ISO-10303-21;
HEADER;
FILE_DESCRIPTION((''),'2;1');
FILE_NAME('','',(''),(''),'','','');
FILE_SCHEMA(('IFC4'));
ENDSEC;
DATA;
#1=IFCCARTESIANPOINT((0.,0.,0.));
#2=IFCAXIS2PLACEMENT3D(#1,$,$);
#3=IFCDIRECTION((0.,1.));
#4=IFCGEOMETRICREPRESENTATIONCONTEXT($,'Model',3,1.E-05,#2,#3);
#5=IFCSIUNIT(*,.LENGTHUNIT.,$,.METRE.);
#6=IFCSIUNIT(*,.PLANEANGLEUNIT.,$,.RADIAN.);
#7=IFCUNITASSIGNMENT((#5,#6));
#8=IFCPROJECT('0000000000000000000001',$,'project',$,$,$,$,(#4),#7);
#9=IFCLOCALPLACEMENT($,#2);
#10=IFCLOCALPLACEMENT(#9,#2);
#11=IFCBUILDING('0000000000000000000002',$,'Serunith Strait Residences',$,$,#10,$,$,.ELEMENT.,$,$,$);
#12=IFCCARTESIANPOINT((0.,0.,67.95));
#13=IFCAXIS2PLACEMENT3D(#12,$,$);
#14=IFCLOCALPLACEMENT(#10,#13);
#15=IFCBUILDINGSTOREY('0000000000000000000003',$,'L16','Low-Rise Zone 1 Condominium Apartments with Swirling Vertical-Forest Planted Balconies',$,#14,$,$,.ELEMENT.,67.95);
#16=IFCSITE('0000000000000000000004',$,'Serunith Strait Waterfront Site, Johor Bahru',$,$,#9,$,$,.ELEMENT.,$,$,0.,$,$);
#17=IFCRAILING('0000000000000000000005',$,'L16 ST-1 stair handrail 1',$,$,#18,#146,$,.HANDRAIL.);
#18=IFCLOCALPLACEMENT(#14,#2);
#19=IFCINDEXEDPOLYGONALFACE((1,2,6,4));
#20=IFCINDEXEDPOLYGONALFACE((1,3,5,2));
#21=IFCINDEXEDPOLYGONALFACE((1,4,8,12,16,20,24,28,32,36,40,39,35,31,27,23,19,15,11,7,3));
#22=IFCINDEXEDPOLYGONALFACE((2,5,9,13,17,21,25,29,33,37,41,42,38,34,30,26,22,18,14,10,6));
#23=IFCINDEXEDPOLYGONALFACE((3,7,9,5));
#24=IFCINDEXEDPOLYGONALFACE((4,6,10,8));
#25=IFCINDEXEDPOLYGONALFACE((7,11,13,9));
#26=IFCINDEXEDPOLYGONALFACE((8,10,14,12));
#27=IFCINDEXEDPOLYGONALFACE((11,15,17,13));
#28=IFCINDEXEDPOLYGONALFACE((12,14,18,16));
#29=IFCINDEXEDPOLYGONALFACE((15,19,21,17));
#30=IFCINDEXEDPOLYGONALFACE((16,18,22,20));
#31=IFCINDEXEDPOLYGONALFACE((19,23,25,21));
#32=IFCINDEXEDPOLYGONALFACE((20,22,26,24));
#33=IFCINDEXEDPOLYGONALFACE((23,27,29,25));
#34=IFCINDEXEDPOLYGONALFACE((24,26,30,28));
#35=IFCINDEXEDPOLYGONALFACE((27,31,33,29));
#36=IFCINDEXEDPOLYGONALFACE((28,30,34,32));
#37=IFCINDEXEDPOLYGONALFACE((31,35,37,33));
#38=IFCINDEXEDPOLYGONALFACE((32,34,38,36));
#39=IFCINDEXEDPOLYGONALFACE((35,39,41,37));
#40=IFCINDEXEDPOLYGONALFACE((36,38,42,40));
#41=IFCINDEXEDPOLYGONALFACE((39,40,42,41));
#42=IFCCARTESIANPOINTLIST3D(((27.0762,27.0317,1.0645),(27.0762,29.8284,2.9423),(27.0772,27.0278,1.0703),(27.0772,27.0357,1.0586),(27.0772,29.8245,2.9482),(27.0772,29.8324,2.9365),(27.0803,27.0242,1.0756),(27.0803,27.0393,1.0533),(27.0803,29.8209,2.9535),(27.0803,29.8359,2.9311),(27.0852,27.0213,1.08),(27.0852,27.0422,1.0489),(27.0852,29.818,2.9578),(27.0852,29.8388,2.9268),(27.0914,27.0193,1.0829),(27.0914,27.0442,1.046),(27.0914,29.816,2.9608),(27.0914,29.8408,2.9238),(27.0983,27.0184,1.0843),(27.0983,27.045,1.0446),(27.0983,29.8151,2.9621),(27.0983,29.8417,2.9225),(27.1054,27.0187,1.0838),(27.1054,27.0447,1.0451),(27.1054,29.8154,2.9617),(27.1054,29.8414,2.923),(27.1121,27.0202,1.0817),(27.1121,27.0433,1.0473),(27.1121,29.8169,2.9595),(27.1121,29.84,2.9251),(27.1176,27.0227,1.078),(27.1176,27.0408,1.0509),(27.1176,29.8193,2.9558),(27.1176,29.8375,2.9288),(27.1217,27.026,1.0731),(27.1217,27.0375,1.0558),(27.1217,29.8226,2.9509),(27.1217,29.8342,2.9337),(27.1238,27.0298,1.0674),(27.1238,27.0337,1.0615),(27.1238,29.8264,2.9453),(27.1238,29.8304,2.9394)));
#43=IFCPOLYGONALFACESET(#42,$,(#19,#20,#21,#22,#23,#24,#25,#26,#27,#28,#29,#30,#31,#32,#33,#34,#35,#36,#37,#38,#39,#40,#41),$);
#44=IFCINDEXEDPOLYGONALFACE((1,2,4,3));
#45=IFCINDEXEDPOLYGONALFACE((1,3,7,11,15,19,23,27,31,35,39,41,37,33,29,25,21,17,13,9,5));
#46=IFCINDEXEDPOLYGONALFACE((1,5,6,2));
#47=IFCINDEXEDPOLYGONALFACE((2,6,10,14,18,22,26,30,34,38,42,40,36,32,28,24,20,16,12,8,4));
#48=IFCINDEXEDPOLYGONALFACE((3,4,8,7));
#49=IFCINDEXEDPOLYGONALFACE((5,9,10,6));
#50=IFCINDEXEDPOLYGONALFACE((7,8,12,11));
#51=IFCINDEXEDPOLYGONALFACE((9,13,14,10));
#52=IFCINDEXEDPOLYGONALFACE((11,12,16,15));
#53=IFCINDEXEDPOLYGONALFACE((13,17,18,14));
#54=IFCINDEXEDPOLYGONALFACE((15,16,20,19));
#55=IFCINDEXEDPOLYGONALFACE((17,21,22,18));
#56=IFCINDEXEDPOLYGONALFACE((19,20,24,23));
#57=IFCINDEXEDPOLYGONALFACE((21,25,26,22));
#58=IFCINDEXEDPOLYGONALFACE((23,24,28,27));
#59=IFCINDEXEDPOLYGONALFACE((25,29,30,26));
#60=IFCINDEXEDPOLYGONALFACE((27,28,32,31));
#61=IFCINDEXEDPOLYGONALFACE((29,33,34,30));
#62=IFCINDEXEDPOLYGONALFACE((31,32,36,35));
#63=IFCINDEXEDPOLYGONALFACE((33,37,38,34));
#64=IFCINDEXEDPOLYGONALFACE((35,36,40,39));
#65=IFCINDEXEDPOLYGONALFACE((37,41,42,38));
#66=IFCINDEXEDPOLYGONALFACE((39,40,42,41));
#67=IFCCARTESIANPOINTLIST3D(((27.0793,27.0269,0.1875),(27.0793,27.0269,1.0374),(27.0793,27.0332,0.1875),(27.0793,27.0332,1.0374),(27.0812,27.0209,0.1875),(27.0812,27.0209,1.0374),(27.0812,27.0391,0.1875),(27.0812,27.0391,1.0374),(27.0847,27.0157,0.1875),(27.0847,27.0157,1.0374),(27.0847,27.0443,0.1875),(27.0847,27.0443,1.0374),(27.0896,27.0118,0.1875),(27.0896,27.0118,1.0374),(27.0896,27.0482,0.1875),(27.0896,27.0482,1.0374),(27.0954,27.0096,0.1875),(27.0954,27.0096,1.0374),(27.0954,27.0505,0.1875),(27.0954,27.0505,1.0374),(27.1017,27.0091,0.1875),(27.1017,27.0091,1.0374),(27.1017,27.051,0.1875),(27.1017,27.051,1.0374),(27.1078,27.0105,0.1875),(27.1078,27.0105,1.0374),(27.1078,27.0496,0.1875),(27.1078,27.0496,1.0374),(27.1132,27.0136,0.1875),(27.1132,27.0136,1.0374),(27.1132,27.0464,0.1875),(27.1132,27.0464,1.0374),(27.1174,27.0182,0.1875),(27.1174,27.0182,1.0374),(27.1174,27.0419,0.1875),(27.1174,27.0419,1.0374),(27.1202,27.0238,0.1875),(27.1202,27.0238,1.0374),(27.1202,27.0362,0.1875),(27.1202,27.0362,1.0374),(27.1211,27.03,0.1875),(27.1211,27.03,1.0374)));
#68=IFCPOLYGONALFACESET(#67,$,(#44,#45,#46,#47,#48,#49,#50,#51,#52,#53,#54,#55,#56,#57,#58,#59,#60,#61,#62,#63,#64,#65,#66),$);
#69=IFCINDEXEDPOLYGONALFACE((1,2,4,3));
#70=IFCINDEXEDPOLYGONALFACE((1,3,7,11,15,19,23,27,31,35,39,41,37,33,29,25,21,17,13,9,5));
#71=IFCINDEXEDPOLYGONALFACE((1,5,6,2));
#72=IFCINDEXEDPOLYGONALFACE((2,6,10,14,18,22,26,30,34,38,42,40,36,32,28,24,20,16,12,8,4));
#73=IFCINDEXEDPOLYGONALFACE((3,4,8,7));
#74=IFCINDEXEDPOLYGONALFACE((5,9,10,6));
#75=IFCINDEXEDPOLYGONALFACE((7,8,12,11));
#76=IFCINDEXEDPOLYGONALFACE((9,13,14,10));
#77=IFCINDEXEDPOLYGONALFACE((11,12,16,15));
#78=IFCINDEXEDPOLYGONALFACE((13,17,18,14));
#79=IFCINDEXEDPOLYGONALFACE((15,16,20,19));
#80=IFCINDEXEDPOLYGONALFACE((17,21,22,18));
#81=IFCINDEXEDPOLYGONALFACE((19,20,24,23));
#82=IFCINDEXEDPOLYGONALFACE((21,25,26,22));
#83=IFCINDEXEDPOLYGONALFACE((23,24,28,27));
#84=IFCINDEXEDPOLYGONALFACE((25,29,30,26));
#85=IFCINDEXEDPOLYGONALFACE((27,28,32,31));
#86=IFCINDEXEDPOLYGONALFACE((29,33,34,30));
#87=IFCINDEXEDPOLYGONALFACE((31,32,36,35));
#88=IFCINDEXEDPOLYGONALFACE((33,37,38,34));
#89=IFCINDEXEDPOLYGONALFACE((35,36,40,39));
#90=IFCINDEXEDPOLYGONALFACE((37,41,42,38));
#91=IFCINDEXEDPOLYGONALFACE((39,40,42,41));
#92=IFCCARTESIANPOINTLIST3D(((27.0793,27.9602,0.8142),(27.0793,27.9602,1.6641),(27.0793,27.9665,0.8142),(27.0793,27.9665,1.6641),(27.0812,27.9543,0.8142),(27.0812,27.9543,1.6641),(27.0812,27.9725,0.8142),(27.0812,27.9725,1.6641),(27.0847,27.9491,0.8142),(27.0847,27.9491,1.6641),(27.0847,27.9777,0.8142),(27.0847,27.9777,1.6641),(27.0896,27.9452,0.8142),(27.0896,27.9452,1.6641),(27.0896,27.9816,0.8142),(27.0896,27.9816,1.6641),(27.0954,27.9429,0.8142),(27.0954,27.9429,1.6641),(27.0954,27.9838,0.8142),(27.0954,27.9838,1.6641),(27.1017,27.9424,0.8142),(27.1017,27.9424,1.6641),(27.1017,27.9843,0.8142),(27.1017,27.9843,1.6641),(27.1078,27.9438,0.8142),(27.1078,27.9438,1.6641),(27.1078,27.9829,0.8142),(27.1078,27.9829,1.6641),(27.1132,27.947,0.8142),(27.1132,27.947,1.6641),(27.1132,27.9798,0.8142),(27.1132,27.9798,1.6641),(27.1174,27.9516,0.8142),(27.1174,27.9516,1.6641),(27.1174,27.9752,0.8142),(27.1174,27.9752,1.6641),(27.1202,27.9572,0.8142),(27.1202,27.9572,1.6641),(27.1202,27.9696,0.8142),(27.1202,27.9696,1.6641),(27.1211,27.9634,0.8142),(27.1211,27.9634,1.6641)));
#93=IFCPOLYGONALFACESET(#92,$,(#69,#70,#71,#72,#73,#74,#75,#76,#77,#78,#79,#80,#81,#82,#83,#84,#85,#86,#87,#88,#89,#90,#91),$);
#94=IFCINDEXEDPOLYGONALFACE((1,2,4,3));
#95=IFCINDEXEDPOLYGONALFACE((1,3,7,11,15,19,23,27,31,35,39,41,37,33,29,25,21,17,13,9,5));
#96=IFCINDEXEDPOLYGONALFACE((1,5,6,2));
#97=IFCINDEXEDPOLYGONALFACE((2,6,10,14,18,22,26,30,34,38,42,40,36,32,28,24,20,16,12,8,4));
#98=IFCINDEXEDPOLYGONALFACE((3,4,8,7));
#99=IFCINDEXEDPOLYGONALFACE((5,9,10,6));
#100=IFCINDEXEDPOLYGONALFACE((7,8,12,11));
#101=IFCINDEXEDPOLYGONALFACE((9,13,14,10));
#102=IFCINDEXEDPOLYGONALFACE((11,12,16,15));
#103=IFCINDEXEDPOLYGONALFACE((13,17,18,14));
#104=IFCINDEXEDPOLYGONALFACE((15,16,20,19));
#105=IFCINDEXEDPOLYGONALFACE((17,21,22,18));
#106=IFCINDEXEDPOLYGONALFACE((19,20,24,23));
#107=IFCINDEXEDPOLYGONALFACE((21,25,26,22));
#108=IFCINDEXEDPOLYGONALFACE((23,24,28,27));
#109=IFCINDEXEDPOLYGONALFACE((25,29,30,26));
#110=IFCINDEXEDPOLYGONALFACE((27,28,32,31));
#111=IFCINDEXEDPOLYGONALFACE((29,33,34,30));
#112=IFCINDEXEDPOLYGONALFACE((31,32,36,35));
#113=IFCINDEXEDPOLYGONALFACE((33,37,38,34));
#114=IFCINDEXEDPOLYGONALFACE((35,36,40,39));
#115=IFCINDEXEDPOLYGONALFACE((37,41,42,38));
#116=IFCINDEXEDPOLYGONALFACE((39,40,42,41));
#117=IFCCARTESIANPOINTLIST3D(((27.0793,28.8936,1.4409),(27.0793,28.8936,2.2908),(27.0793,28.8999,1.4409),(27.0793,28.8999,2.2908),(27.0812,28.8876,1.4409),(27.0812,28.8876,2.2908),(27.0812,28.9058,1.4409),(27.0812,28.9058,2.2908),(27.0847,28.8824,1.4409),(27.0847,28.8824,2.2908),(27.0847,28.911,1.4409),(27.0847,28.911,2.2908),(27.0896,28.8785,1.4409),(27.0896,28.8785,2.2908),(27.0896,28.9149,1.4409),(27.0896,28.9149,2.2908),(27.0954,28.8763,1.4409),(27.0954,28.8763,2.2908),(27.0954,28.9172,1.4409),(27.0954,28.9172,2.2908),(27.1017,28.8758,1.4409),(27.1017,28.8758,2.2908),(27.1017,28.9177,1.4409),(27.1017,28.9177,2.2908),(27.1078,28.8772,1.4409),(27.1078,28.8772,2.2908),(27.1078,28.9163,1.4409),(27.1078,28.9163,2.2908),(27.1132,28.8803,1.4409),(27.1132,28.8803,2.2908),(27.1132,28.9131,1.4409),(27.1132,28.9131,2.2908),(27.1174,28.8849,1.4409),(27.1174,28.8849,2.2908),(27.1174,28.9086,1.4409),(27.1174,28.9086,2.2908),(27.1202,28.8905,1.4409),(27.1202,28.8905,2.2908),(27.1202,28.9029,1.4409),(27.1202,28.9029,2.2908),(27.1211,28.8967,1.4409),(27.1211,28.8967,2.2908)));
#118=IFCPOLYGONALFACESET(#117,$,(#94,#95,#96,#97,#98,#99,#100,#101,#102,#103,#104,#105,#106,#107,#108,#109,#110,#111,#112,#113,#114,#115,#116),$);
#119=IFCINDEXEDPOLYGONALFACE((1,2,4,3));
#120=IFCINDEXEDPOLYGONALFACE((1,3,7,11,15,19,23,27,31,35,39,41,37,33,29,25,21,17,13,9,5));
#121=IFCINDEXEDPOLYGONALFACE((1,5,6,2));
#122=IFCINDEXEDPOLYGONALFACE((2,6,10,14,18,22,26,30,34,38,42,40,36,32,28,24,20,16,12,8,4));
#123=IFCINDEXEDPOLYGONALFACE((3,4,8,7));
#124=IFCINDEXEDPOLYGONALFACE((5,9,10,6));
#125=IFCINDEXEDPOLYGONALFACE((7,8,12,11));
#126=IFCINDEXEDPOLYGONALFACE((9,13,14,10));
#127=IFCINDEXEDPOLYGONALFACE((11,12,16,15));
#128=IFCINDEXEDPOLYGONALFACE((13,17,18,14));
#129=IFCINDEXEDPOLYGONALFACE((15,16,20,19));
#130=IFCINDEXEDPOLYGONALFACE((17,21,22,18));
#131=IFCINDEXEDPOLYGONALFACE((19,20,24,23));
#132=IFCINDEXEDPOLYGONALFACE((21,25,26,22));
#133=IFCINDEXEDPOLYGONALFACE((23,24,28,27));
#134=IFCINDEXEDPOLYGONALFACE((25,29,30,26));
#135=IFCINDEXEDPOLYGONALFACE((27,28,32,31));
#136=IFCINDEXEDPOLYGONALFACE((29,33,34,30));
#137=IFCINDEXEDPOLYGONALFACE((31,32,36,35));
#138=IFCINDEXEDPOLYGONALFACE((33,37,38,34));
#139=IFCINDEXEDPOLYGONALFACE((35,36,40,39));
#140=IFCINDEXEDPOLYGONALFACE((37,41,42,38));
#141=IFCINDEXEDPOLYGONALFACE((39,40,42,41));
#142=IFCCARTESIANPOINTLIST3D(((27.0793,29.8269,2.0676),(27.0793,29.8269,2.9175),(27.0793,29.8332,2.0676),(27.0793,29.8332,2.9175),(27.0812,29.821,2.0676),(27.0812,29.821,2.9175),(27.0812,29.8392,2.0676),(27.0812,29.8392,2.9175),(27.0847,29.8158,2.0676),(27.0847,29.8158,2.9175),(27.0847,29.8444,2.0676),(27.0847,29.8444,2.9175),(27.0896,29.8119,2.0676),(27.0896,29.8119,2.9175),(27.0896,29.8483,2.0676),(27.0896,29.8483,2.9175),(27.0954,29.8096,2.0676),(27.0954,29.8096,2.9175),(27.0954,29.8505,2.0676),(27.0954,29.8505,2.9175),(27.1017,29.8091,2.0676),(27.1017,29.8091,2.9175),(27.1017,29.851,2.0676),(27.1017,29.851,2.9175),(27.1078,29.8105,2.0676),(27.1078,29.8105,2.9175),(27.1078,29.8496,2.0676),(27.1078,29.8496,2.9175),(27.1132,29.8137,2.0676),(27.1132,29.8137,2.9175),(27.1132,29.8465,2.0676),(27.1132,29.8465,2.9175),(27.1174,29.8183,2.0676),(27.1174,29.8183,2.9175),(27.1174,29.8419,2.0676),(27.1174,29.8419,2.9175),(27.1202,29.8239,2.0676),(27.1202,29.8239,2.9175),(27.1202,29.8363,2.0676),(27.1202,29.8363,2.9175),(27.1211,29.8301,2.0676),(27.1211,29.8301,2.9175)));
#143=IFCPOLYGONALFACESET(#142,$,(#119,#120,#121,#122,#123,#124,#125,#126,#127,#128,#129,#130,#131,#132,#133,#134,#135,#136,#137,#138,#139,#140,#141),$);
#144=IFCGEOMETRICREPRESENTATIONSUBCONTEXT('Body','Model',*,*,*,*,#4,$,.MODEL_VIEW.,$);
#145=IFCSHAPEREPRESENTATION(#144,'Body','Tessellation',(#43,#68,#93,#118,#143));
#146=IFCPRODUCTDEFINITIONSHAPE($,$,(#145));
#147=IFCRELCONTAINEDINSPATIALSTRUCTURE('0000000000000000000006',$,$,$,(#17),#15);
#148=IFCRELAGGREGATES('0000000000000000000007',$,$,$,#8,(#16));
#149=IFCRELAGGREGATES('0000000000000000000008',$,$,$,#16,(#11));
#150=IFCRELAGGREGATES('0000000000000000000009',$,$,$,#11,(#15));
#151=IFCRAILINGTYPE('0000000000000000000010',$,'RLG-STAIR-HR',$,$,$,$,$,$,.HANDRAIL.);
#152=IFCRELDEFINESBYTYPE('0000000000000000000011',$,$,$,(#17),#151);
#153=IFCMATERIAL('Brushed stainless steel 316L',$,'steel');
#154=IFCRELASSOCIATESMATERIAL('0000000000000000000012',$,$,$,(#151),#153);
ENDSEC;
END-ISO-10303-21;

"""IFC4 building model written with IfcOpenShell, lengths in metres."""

from ifc_helpers import new_model, si_unit, direction, frame, origin, origin_2d, place, context, subcontext, project, spatial, circle, extrude, material, type_object, element, save


model = new_model("IFC4")

# Units and contexts
model_context = context("Model", 3, precision=1e-05, world=origin(), true_north=direction((0.0, 1.0)))
body_context = subcontext(model_context, "Body", "Model", "MODEL_VIEW")
ifc_project = project(units=[si_unit("LENGTHUNIT", "METRE"), si_unit("PLANEANGLEUNIT", "RADIAN")], contexts=[model_context])

# Site, building, storey
site_placement = place(None, origin())
site = spatial("IfcSite", under=ifc_project, at=site_placement, Name="Serunith Strait Waterfront Site, Johor Bahru", CompositionType="ELEMENT", RefElevation=0.0)
building_placement = place(site_placement, origin())
building = spatial("IfcBuilding", under=site, at=building_placement, Name="Serunith Strait Residences", CompositionType="ELEMENT")
storey_placement = place(building_placement, frame((0.0, 0.0, 67.95)))
storey = spatial("IfcBuildingStorey", under=building, at=storey_placement, Name="L16", Description="Low-Rise Zone 1 Condominium Apartments with Swirling Vertical-Forest Planted Balconies", CompositionType="ELEMENT", Elevation=67.95)

# Railing
ifc_material_1 = material(Name="Brushed stainless steel 316L", Category="steel")
railing_type_1 = type_object("IfcRailingType", Name="RLG-STAIR-HR", PredefinedType="HANDRAIL", material=ifc_material_1)
railing_1_placement = place(storey_placement, frame((27.1001, 27.03, 0.1875)))
element("IfcRailing", 1, at=railing_1_placement, inside=storey, type_object=railing_type_1, Name="L16 ST-1 stair handrail 1", PredefinedType="HANDRAIL", context=body_context, shape_type="SweptSolid", body=[
    extrude(circle(Radius=0.0239, at=origin_2d()), frame((0.0, 0.0017, 0.877), z_axis=(0.0, 0.830208, 0.557453), x_axis=(-1.0, 0.0, 0.0)), (0.0, 0.0, 1.0), 3.3687),
    extrude(circle(Radius=0.021, at=origin_2d()), origin(), (0.0, 0.0, 1.0), 0.8499),
    extrude(circle(Radius=0.021, at=origin_2d()), frame((0.0, 0.9333, 0.6267)), (0.0, 0.0, 1.0), 0.8499),
    extrude(circle(Radius=0.021, at=origin_2d()), frame((0.0, 1.8667, 1.2534)), (0.0, 0.0, 1.0), 0.8499),
    extrude(circle(Radius=0.021, at=origin_2d()), frame((0.0, 2.8, 1.8801)), (0.0, 0.0, 1.0), 0.8499),
])

save(model, "model.ifc")
